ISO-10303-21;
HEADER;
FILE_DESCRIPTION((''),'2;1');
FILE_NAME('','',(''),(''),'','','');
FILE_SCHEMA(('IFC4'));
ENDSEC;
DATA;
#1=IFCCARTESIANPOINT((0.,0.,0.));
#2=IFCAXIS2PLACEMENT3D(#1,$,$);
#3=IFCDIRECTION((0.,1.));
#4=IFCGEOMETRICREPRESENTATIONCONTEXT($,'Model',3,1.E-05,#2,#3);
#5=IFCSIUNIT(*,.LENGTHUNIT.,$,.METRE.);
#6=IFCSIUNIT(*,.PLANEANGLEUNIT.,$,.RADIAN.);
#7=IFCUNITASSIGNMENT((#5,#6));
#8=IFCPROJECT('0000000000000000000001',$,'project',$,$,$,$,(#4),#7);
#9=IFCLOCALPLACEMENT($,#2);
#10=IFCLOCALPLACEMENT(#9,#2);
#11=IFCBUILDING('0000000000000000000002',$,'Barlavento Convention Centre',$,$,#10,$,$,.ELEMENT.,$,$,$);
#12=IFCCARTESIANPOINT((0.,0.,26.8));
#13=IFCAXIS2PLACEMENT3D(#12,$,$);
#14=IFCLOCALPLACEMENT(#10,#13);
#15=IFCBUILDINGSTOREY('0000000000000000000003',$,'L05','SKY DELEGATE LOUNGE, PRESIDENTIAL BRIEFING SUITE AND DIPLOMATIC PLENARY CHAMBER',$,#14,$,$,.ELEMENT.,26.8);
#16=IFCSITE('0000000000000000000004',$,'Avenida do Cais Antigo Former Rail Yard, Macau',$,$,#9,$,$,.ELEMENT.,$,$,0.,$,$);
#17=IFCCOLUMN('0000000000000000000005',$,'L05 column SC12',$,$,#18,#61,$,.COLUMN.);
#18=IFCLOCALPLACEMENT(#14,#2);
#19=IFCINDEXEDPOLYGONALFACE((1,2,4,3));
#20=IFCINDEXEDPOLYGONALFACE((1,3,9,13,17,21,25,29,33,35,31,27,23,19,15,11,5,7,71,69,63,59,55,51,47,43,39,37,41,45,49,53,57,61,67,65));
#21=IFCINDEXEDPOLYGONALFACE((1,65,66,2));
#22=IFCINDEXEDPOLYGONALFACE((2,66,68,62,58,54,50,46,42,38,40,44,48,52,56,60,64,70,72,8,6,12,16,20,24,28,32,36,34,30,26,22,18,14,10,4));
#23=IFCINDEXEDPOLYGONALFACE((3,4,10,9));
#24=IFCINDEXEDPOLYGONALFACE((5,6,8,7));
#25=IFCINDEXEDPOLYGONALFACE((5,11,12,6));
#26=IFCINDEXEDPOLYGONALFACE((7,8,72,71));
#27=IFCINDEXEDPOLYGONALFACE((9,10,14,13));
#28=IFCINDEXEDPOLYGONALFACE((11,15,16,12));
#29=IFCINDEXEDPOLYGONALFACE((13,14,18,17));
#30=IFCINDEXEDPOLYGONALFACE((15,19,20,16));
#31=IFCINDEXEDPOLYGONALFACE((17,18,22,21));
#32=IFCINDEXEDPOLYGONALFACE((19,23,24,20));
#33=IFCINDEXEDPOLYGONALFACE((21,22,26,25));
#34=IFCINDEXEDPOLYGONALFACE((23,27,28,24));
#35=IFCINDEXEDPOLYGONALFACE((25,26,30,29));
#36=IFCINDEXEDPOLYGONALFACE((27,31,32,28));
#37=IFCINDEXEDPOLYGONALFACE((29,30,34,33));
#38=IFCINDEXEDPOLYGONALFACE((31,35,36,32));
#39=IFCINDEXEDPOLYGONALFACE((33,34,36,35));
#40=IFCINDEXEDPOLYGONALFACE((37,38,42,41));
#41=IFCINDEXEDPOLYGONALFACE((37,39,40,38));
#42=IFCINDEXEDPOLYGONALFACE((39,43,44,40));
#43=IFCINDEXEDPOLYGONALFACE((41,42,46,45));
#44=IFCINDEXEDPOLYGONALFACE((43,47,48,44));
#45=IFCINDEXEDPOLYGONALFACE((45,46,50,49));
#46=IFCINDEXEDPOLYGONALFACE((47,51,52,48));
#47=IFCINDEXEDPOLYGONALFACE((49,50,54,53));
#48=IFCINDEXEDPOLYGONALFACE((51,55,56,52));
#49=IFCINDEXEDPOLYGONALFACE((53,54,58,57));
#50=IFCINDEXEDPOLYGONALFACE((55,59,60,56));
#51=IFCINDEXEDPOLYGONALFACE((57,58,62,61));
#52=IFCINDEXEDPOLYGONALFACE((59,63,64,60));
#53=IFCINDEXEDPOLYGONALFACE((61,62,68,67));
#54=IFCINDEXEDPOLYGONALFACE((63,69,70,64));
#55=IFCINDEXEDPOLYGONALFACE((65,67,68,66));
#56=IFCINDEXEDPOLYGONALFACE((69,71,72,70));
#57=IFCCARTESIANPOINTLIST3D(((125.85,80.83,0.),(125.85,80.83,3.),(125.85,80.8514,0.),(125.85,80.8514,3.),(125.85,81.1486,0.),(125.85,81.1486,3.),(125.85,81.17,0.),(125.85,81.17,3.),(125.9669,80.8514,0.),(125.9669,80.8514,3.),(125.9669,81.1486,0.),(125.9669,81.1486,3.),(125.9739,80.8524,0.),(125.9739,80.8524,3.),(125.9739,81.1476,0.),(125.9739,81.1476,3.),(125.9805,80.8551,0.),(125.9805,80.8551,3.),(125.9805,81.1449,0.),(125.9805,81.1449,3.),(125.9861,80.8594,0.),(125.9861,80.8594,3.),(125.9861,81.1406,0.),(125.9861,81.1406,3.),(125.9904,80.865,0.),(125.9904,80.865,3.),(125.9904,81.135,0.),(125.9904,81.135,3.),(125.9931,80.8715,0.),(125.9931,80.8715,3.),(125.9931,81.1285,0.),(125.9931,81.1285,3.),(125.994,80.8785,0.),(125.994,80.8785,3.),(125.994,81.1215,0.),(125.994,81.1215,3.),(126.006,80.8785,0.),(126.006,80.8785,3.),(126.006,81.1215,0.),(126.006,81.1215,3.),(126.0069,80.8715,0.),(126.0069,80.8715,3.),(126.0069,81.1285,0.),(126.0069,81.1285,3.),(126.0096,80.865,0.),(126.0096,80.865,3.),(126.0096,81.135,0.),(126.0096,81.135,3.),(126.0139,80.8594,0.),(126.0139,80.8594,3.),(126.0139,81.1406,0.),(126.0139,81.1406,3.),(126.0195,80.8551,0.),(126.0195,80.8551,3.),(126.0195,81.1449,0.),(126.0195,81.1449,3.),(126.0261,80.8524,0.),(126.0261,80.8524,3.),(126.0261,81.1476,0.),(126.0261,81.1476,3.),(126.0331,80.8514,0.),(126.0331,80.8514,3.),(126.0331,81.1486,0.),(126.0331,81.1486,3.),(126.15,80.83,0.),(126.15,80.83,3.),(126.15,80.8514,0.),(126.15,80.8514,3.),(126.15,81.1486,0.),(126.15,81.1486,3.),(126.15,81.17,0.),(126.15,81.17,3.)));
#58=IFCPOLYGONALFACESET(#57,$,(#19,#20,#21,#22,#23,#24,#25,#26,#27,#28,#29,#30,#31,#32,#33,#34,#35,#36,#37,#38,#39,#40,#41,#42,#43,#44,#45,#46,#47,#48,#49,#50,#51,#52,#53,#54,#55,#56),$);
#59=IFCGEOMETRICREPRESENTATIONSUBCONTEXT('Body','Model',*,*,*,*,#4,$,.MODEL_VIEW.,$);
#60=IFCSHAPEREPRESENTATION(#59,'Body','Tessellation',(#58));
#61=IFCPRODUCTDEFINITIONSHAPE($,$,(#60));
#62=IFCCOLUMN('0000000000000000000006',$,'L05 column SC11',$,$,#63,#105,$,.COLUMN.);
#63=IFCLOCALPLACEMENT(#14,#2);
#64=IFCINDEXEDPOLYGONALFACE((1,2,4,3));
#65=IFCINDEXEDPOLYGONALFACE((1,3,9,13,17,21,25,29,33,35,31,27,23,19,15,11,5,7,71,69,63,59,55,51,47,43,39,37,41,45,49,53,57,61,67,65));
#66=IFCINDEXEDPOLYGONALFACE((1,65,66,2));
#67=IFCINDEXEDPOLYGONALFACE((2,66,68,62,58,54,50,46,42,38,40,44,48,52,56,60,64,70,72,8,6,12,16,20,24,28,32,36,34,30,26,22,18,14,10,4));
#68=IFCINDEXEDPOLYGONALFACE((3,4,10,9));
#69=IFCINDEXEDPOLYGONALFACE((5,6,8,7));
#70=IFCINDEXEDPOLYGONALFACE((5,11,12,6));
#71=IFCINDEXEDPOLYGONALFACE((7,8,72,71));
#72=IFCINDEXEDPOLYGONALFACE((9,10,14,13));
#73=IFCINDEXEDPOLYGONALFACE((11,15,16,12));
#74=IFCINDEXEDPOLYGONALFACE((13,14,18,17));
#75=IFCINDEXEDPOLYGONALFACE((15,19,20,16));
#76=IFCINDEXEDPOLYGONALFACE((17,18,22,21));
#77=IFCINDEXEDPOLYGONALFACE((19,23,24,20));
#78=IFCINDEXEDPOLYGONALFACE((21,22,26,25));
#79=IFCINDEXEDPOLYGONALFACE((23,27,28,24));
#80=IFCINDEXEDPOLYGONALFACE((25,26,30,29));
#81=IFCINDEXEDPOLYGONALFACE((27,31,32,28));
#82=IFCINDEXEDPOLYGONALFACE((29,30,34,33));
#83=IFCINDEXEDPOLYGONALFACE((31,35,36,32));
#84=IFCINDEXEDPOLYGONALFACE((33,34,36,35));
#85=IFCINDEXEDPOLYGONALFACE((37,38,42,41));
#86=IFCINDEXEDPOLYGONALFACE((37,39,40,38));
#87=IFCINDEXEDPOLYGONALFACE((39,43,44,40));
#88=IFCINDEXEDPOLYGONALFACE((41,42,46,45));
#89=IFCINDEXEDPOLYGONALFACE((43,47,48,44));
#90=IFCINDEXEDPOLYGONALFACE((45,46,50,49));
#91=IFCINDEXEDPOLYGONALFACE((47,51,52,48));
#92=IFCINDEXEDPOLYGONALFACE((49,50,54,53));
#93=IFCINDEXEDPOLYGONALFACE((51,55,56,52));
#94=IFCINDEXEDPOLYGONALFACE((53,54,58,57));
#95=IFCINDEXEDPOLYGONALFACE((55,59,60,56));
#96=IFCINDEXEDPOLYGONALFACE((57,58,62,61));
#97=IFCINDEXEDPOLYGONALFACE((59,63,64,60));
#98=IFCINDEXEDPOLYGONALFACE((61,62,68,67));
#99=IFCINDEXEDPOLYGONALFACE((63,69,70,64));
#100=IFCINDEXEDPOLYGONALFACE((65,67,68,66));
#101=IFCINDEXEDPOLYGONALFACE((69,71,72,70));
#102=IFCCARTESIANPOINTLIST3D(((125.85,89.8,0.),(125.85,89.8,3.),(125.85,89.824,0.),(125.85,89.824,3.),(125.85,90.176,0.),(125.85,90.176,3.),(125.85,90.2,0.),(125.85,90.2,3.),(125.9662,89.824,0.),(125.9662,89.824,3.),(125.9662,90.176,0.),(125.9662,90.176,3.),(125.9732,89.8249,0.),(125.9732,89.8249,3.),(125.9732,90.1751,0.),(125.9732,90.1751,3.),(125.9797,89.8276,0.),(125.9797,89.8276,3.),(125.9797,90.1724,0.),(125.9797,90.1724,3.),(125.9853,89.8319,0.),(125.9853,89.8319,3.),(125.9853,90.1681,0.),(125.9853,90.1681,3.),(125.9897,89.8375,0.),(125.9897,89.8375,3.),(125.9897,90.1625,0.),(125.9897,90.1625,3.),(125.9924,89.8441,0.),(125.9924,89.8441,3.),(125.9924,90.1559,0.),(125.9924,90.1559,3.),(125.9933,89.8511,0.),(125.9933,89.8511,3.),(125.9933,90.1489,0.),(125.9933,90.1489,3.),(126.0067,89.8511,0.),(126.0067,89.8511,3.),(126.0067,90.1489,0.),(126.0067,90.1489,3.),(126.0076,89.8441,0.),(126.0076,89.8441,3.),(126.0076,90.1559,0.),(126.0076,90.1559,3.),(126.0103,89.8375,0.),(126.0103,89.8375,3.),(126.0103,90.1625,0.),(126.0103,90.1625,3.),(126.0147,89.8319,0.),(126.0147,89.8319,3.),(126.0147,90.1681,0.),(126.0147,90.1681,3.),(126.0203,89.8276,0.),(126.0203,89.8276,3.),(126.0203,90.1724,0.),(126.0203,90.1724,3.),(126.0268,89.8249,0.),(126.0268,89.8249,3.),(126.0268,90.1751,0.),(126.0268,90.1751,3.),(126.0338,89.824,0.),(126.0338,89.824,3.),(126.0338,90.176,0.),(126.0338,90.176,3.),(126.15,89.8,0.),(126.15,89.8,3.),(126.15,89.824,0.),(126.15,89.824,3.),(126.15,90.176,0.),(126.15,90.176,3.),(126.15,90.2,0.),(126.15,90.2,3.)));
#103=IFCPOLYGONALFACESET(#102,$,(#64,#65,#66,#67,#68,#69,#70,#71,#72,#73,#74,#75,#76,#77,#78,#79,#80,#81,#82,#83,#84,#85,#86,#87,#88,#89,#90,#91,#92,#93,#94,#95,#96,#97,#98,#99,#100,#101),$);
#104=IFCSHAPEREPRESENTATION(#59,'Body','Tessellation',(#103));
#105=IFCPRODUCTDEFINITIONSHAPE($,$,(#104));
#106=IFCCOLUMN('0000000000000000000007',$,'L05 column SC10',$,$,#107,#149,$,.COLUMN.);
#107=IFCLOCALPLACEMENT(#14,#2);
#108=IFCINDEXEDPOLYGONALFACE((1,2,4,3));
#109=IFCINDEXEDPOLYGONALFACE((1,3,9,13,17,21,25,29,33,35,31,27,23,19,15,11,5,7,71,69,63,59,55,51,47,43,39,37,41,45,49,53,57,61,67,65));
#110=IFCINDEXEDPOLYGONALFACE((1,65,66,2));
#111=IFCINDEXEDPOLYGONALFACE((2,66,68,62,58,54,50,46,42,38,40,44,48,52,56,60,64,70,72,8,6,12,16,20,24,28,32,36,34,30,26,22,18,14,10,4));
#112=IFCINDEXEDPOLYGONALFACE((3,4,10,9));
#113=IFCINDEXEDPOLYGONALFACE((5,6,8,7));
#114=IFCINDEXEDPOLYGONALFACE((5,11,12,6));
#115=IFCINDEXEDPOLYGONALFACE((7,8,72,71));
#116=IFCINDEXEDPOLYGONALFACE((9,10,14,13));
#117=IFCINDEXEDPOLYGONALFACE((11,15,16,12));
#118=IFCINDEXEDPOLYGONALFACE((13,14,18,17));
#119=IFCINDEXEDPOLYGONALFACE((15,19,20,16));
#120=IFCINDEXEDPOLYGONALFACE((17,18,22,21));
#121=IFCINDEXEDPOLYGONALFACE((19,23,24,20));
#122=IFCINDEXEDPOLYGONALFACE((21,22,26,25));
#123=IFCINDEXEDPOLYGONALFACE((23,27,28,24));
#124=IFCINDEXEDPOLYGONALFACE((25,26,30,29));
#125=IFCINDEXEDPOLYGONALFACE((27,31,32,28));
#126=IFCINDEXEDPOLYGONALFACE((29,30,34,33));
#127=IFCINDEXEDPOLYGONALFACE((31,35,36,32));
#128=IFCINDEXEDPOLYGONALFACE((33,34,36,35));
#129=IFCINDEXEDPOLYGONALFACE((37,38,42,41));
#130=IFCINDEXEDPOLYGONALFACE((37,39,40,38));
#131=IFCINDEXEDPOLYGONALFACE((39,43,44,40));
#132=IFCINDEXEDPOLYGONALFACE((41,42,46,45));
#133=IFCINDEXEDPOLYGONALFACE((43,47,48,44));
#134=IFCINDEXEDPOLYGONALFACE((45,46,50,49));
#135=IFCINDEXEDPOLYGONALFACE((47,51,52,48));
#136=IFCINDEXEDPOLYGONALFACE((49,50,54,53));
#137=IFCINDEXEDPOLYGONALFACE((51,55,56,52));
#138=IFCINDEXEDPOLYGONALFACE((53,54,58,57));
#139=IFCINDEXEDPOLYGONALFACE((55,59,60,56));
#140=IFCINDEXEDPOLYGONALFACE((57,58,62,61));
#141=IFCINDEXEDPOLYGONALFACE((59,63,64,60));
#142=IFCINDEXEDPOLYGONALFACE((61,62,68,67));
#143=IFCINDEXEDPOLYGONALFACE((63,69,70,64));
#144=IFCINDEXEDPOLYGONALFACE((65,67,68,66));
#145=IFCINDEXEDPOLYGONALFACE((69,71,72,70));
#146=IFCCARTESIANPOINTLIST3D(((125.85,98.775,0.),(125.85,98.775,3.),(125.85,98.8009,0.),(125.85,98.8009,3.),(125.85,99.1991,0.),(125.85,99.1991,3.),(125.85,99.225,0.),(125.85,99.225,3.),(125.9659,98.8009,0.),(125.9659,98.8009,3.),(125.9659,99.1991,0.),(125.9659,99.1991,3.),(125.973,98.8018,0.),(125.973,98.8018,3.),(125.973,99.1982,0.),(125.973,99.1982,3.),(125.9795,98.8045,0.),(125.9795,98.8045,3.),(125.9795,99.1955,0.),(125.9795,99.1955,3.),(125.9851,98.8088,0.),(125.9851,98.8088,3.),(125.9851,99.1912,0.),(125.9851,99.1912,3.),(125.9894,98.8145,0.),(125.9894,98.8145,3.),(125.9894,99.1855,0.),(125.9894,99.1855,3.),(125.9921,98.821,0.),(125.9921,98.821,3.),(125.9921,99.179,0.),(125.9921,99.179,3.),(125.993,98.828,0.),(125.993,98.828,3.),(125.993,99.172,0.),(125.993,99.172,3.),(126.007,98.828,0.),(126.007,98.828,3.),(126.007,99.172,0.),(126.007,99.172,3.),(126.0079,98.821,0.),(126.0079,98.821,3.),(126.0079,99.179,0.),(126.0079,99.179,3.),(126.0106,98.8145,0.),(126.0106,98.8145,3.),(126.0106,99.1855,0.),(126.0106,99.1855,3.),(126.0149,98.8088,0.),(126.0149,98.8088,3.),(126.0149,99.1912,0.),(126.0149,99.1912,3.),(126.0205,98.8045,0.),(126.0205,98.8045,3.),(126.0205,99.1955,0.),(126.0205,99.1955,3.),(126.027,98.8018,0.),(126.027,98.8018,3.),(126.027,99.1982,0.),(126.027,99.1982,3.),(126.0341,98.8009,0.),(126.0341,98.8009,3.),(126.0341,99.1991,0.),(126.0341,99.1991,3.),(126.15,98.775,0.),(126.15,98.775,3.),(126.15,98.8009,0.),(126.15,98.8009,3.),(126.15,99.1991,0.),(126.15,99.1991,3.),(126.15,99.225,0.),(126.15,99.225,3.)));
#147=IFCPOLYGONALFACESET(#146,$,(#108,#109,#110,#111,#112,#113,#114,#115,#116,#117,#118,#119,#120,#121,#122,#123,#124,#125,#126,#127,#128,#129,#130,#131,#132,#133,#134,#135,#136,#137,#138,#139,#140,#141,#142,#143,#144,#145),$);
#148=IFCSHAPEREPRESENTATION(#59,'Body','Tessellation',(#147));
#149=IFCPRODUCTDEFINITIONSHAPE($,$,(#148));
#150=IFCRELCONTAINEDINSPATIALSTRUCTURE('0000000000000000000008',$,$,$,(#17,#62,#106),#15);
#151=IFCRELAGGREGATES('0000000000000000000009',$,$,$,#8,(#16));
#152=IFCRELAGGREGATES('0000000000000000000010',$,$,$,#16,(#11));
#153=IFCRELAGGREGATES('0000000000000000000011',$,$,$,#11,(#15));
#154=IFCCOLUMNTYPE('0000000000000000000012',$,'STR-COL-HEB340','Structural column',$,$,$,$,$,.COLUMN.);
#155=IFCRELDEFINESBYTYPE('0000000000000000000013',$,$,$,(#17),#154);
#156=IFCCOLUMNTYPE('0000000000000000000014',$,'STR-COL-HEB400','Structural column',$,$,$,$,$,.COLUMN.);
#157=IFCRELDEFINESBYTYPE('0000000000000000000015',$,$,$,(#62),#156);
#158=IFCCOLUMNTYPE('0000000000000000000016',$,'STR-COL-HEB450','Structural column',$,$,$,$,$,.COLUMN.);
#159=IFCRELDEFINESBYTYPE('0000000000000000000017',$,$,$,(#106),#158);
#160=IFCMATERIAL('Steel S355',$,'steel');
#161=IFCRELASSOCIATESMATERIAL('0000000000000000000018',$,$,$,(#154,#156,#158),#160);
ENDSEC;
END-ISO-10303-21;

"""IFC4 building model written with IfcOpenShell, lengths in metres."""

from ifc_helpers import new_model, si_unit, direction, frame, origin, origin_2d, place, context, subcontext, project, spatial, i_section, extrude, material, material_profile, profile_set, type_object, element, save


model = new_model("IFC4")

# Units and contexts
model_context = context("Model", 3, precision=1e-05, world=origin(), true_north=direction((0.0, 1.0)))
body_context = subcontext(model_context, "Body", "Model", "MODEL_VIEW")
ifc_project = project(units=[si_unit("LENGTHUNIT", "METRE"), si_unit("PLANEANGLEUNIT", "RADIAN")], contexts=[model_context])

# Site, building, storey
site_placement = place(None, origin())
site = spatial("IfcSite", under=ifc_project, at=site_placement, Name="Avenida do Cais Antigo Former Rail Yard, Macau", CompositionType="ELEMENT", RefElevation=0.0)
building_placement = place(site_placement, origin())
building = spatial("IfcBuilding", under=site, at=building_placement, Name="Barlavento Convention Centre", CompositionType="ELEMENT")
storey_placement = place(building_placement, frame((0.0, 0.0, 26.8)))
storey = spatial("IfcBuildingStorey", under=building, at=storey_placement, Name="L05", Description="SKY DELEGATE LOUNGE, PRESIDENTIAL BRIEFING SUITE AND DIPLOMATIC PLENARY CHAMBER", CompositionType="ELEMENT", Elevation=26.8)

# Columns
ifc_material_1 = material(Name="Steel S355", Category="steel")
ifc_material_profile_1 = material_profile(ifc_material_1, i_section(OverallWidth=0.3, OverallDepth=0.3401, WebThickness=0.012, FlangeThickness=0.0215, FilletRadius=0.0271, at=origin_2d()), Name="HEB 340")
ifc_profile_set_1 = profile_set([ifc_material_profile_1], Name="Steel S355")
column_type_1 = type_object("IfcColumnType", Name="STR-COL-HEB340", Description="Structural column", PredefinedType="COLUMN", material=ifc_profile_set_1)
column_1_placement = place(storey_placement, frame((126.0, 81.0, 0.0), z_axis=(0.0, 0.0, 1.0), x_axis=(1.0, 0.0, 0.0)))
element("IfcColumn", 1, at=column_1_placement, inside=storey, type_object=column_type_1, Name="L05 column SC12", PredefinedType="COLUMN", context=body_context, shape_type="SweptSolid", body=[
    extrude(i_section(OverallWidth=0.3, OverallDepth=0.3401, WebThickness=0.012, FlangeThickness=0.0215, FilletRadius=0.0271, at=origin_2d()), origin(), (0.0, 0.0, 1.0), 3.0),
])
ifc_material_profile_2 = material_profile(ifc_material_1, i_section(OverallWidth=0.3, OverallDepth=0.3999, WebThickness=0.0134, FlangeThickness=0.0239, FilletRadius=0.0271, at=origin_2d()), Name="HEB 400")
ifc_profile_set_2 = profile_set([ifc_material_profile_2], Name="Steel S355")
column_type_2 = type_object("IfcColumnType", Name="STR-COL-HEB400", Description="Structural column", PredefinedType="COLUMN", material=ifc_profile_set_2)
column_2_placement = place(storey_placement, frame((126.0, 90.0, 0.0), z_axis=(0.0, 0.0, 1.0), x_axis=(1.0, 0.0, 0.0)))
element("IfcColumn", 2, at=column_2_placement, inside=storey, type_object=column_type_2, Name="L05 column SC11", PredefinedType="COLUMN", context=body_context, shape_type="SweptSolid", body=[
    extrude(i_section(OverallWidth=0.3, OverallDepth=0.3999, WebThickness=0.0134, FlangeThickness=0.0239, FilletRadius=0.0271, at=origin_2d()), origin(), (0.0, 0.0, 1.0), 3.0),
])
ifc_material_profile_3 = material_profile(ifc_material_1, i_section(OverallWidth=0.3, OverallDepth=0.45, WebThickness=0.0139, FlangeThickness=0.0259, FilletRadius=0.0271, at=origin_2d()), Name="HEB 450")
ifc_profile_set_3 = profile_set([ifc_material_profile_3], Name="Steel S355")
column_type_3 = type_object("IfcColumnType", Name="STR-COL-HEB450", Description="Structural column", PredefinedType="COLUMN", material=ifc_profile_set_3)
column_3_placement = place(storey_placement, frame((126.0, 99.0, 0.0), z_axis=(0.0, 0.0, 1.0), x_axis=(1.0, 0.0, 0.0)))
element("IfcColumn", 3, at=column_3_placement, inside=storey, type_object=column_type_3, Name="L05 column SC10", PredefinedType="COLUMN", context=body_context, shape_type="SweptSolid", body=[
    extrude(i_section(OverallWidth=0.3, OverallDepth=0.45, WebThickness=0.0139, FlangeThickness=0.0259, FilletRadius=0.0271, at=origin_2d()), origin(), (0.0, 0.0, 1.0), 3.0),
])

save(model, "model.ifc")
